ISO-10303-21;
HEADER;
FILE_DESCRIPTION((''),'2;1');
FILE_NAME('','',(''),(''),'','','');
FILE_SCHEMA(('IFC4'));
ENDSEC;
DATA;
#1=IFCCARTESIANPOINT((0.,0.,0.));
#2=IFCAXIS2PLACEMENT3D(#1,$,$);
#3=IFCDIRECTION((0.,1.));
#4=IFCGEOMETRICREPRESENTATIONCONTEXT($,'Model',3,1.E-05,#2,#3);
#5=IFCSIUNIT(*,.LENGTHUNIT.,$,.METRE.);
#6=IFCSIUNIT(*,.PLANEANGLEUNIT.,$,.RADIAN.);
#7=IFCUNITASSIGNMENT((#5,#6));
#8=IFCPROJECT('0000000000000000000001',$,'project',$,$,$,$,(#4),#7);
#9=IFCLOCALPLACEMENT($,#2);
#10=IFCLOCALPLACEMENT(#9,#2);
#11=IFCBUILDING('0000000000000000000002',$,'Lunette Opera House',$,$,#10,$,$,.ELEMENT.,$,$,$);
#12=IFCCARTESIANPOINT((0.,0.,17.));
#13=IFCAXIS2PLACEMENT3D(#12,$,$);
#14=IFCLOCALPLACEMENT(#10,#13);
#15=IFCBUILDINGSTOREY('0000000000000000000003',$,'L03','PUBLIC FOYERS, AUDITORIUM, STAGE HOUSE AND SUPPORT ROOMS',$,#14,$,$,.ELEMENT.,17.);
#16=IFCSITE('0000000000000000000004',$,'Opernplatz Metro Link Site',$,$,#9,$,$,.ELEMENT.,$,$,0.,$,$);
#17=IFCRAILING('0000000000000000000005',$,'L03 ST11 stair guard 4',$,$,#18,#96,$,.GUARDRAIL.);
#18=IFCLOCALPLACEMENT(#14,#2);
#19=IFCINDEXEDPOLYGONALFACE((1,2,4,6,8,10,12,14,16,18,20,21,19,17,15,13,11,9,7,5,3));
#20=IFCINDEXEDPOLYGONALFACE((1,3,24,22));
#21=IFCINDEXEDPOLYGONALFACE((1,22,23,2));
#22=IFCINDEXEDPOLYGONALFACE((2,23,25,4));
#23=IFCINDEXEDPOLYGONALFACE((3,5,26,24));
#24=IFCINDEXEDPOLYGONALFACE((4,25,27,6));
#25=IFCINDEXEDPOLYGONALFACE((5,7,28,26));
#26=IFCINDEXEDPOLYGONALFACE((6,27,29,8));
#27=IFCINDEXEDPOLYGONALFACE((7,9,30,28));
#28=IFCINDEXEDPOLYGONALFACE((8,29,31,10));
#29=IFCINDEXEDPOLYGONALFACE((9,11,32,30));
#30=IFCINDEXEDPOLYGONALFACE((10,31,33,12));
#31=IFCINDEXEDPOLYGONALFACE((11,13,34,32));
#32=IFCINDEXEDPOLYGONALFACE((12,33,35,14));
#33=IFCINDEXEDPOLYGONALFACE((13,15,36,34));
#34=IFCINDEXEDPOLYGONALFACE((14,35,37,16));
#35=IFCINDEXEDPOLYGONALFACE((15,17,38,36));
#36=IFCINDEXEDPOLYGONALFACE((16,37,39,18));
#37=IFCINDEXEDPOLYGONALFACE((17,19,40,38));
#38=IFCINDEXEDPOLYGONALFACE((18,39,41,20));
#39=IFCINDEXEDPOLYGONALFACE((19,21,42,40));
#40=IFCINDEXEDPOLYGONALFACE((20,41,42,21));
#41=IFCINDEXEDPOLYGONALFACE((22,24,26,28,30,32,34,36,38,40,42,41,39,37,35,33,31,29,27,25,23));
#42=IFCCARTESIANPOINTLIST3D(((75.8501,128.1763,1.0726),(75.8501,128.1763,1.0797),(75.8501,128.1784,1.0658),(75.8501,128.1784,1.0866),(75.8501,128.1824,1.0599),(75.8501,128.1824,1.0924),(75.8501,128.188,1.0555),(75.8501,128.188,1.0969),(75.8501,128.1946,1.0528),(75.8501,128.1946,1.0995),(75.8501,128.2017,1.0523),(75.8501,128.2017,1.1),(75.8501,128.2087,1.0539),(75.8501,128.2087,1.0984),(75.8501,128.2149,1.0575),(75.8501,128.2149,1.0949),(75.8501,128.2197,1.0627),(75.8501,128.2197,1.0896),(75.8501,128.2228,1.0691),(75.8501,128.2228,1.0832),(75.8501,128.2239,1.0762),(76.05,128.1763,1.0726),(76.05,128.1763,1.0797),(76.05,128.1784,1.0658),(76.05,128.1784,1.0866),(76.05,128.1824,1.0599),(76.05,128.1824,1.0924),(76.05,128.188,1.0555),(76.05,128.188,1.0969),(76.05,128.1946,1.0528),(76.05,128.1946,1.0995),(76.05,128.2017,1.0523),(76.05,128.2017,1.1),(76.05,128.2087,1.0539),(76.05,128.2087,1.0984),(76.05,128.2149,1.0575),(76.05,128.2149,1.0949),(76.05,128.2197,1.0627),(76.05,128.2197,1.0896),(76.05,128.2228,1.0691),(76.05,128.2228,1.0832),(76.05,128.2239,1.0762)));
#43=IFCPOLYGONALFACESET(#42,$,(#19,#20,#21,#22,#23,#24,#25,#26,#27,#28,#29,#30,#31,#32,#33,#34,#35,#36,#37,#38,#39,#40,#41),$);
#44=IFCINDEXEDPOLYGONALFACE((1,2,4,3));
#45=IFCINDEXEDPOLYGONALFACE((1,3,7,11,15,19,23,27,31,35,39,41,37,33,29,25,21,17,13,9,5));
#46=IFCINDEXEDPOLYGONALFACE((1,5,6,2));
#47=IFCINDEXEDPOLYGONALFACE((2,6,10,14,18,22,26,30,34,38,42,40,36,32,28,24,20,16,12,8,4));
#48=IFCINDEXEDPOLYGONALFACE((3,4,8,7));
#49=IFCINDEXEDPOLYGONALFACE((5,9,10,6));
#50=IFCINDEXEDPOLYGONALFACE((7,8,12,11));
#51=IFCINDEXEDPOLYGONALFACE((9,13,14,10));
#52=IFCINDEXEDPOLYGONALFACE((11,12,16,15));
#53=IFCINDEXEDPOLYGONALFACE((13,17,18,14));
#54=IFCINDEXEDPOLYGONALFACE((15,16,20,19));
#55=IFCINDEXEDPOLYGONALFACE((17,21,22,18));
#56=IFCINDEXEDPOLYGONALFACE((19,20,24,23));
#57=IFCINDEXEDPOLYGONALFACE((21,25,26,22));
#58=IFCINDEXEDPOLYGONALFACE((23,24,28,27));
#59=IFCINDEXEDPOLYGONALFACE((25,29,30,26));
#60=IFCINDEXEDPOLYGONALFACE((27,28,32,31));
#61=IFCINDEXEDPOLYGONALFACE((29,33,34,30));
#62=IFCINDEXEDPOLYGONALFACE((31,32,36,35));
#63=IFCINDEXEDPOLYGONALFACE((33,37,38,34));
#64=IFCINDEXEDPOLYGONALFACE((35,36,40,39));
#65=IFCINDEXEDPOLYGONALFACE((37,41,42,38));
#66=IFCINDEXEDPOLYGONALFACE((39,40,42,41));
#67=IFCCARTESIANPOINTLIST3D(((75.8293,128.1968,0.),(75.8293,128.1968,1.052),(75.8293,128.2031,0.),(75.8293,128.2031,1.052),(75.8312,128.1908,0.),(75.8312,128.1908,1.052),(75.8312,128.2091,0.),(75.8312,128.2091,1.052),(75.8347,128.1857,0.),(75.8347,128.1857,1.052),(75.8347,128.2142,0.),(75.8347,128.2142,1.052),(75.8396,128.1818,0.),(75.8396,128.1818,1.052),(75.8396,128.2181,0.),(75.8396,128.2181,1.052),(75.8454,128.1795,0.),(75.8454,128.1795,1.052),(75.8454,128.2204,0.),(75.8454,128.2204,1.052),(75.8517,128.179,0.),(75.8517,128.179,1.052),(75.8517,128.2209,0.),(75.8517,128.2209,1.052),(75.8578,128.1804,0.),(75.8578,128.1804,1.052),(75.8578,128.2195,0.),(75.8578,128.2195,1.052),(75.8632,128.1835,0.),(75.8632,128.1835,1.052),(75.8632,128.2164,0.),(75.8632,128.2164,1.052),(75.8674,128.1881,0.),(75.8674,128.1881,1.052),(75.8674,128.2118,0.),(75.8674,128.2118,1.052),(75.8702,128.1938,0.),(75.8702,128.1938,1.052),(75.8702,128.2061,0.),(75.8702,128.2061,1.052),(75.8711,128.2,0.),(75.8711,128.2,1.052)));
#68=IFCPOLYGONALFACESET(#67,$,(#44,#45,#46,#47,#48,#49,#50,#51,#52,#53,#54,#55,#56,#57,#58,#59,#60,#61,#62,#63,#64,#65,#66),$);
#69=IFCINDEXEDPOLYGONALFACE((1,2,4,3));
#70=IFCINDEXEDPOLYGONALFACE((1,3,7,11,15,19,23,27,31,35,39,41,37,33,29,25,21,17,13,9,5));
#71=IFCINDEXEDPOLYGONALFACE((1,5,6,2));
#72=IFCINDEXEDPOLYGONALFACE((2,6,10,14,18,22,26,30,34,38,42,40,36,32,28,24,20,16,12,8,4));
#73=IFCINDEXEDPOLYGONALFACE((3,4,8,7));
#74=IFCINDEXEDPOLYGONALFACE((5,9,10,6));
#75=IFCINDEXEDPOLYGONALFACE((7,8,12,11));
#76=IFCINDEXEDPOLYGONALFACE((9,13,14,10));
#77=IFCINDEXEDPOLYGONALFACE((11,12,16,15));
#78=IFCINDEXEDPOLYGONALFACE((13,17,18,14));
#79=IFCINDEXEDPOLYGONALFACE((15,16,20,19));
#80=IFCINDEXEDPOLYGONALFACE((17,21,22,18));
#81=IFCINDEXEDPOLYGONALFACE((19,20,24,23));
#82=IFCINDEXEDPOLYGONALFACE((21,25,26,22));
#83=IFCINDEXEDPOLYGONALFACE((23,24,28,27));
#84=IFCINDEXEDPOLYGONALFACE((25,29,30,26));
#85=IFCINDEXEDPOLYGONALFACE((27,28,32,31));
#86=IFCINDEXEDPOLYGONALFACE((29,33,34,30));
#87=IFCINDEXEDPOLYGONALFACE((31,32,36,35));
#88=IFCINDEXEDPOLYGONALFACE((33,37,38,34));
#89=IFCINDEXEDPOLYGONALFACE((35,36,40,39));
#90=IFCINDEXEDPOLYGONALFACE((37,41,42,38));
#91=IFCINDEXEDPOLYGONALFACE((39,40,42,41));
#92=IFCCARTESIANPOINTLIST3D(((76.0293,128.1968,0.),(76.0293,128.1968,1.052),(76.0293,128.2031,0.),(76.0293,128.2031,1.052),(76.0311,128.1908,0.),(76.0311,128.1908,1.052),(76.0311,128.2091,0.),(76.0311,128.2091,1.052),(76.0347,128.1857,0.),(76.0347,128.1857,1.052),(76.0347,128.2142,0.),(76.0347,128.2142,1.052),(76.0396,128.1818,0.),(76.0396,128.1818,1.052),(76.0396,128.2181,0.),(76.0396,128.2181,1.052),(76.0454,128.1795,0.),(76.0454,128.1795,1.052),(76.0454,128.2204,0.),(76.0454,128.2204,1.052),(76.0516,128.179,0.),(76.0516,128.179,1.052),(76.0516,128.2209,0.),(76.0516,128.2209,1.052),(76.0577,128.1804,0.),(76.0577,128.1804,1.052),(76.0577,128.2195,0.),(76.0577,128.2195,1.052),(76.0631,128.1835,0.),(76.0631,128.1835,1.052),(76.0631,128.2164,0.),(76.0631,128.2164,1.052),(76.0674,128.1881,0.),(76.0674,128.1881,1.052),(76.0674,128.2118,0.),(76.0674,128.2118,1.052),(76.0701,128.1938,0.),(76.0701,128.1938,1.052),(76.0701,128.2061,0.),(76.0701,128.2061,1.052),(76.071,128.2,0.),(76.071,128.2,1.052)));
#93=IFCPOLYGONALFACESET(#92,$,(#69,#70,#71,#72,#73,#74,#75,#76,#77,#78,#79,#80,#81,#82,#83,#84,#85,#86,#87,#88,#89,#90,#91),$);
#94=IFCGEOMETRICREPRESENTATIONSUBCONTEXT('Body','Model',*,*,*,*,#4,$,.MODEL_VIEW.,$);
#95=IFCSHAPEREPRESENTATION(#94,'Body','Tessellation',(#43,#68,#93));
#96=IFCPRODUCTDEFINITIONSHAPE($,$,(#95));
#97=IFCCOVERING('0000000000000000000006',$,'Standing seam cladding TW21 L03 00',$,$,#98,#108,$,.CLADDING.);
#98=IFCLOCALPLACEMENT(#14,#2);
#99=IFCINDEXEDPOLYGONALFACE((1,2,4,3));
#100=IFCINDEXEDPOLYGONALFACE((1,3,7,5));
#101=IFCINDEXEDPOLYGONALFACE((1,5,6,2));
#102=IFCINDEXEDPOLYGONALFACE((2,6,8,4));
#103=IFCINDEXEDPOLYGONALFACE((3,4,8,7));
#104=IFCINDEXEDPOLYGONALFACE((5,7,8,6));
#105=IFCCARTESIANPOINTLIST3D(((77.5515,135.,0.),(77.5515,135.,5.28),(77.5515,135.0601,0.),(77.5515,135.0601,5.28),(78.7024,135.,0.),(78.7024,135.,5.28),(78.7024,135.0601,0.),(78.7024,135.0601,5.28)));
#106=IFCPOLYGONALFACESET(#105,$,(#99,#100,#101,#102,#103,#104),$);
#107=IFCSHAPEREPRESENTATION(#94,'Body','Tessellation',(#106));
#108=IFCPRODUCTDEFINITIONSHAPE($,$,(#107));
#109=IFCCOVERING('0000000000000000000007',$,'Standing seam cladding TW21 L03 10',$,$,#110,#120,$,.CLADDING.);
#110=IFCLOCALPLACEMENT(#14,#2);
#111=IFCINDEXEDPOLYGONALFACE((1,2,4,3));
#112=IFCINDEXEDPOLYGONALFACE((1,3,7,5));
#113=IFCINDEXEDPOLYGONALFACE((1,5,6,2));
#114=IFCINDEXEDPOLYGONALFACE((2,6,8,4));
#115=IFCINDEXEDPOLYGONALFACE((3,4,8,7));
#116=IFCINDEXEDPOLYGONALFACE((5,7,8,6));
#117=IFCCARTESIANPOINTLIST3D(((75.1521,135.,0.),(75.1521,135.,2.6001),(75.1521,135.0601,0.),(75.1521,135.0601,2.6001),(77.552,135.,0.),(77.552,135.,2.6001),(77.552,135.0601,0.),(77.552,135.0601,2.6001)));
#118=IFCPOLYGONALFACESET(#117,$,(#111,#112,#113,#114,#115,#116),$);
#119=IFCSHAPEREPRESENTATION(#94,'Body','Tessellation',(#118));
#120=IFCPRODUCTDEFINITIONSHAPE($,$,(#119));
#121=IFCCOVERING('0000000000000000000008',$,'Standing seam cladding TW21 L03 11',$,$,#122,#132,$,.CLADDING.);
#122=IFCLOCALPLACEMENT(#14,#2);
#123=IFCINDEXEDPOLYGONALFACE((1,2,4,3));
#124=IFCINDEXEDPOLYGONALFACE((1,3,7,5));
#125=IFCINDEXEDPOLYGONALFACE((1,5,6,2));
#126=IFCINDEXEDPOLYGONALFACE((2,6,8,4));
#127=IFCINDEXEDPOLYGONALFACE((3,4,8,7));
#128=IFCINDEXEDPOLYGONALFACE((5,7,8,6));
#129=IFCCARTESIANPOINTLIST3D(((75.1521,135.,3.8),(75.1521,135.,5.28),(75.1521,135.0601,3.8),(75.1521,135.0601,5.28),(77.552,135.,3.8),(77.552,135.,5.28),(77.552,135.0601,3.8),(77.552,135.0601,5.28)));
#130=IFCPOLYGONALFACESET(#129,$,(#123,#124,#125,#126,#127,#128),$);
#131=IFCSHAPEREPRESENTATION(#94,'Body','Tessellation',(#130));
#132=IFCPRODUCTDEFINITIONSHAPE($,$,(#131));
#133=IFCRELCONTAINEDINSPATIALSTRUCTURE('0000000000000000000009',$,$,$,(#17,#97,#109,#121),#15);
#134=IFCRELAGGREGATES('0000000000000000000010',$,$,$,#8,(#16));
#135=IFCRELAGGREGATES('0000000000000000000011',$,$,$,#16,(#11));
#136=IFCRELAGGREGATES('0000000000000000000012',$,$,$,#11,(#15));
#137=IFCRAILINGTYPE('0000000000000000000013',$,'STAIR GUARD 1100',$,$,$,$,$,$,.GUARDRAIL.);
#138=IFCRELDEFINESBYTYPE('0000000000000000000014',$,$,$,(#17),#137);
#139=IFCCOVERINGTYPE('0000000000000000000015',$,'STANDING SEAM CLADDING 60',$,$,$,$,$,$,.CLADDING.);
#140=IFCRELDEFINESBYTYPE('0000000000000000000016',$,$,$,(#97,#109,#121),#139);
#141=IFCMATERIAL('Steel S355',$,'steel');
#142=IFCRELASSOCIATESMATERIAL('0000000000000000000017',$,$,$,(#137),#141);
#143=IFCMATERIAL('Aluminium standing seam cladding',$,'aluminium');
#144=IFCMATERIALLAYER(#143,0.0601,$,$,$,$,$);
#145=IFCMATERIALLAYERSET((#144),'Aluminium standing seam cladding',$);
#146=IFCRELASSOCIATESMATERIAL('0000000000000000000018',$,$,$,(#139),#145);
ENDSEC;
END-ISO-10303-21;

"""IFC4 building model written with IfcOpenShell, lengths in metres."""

from ifc_helpers import new_model, si_unit, direction, frame, origin, origin_2d, place, context, subcontext, project, spatial, rectangle, circle, extrude, material, layer, layer_set, type_object, element, save


model = new_model("IFC4")

# Units and contexts
model_context = context("Model", 3, precision=1e-05, world=origin(), true_north=direction((0.0, 1.0)))
body_context = subcontext(model_context, "Body", "Model", "MODEL_VIEW")
ifc_project = project(units=[si_unit("LENGTHUNIT", "METRE"), si_unit("PLANEANGLEUNIT", "RADIAN")], contexts=[model_context])

# Site, building, storey
site_placement = place(None, origin())
site = spatial("IfcSite", under=ifc_project, at=site_placement, Name="Opernplatz Metro Link Site", CompositionType="ELEMENT", RefElevation=0.0)
building_placement = place(site_placement, origin())
building = spatial("IfcBuilding", under=site, at=building_placement, Name="Lunette Opera House", CompositionType="ELEMENT")
storey_placement = place(building_placement, frame((0.0, 0.0, 17.0)))
storey = spatial("IfcBuildingStorey", under=building, at=storey_placement, Name="L03", Description="PUBLIC FOYERS, AUDITORIUM, STAGE HOUSE AND SUPPORT ROOMS", CompositionType="ELEMENT", Elevation=17.0)

# Railing
ifc_material_1 = material(Name="Steel S355", Category="steel")
railing_type = type_object("IfcRailingType", Name="STAIR GUARD 1100", PredefinedType="GUARDRAIL", material=ifc_material_1)
railing_1_placement = place(storey_placement, frame((75.8501, 128.2, 0.0)))
element("IfcRailing", 1, at=railing_1_placement, inside=storey, type_object=railing_type, Name="L03 ST11 stair guard 4", PredefinedType="GUARDRAIL", context=body_context, shape_type="SweptSolid", body=[
    extrude(circle(Radius=0.0239, at=origin_2d()), frame((0.0, 0.0, 1.0762), z_axis=(1.0, 0.0, 0.0), x_axis=(0.0, 1.0, 0.0)), (0.0, 0.0, 1.0), 0.2),
    extrude(circle(Radius=0.021, at=origin_2d()), origin(), (0.0, 0.0, 1.0), 1.052),
    extrude(circle(Radius=0.021, at=origin_2d()), frame((0.2, 0.0, 0.0)), (0.0, 0.0, 1.0), 1.052),
])

# Coverings
ifc_material_2 = material(Name="Aluminium standing seam cladding", Category="aluminium")
ifc_layer_1 = layer(ifc_material_2, 0.0601)
ifc_layer_set_1 = layer_set([ifc_layer_1], Name="Aluminium standing seam cladding")
covering_type = type_object("IfcCoveringType", Name="STANDING SEAM CLADDING 60", PredefinedType="CLADDING", material=ifc_layer_set_1)
covering_1_placement = place(storey_placement, frame((78.127, 135.03, 0.0), z_axis=(0.0, 0.0, 1.0), x_axis=(-1.0, 0.0, 0.0)))
element("IfcCovering", 2, at=covering_1_placement, inside=storey, type_object=covering_type, Name="Standing seam cladding TW21 L03 00", PredefinedType="CLADDING", context=body_context, shape_type="SweptSolid", body=[
    extrude(rectangle(XDim=1.1509, YDim=0.0601, at=origin_2d()), origin(), (0.0, 0.0, 1.0), 5.28),
])
covering_2_placement = place(storey_placement, frame((76.3521, 135.03, 0.0), z_axis=(0.0, 0.0, 1.0), x_axis=(-1.0, 0.0, 0.0)))
element("IfcCovering", 3, at=covering_2_placement, inside=storey, type_object=covering_type, Name="Standing seam cladding TW21 L03 10", PredefinedType="CLADDING", context=body_context, shape_type="SweptSolid", body=[
    extrude(rectangle(XDim=2.3999, YDim=0.0601, at=origin_2d()), origin(), (0.0, 0.0, 1.0), 2.6001),
])
covering_3_placement = place(storey_placement, frame((76.3521, 135.03, 3.8), z_axis=(0.0, 0.0, 1.0), x_axis=(-1.0, 0.0, 0.0)))
element("IfcCovering", 4, at=covering_3_placement, inside=storey, type_object=covering_type, Name="Standing seam cladding TW21 L03 11", PredefinedType="CLADDING", context=body_context, shape_type="SweptSolid", body=[
    extrude(rectangle(XDim=2.3999, YDim=0.0601, at=origin_2d()), origin(), (0.0, 0.0, 1.0), 1.48),
])

save(model, "model.ifc")
